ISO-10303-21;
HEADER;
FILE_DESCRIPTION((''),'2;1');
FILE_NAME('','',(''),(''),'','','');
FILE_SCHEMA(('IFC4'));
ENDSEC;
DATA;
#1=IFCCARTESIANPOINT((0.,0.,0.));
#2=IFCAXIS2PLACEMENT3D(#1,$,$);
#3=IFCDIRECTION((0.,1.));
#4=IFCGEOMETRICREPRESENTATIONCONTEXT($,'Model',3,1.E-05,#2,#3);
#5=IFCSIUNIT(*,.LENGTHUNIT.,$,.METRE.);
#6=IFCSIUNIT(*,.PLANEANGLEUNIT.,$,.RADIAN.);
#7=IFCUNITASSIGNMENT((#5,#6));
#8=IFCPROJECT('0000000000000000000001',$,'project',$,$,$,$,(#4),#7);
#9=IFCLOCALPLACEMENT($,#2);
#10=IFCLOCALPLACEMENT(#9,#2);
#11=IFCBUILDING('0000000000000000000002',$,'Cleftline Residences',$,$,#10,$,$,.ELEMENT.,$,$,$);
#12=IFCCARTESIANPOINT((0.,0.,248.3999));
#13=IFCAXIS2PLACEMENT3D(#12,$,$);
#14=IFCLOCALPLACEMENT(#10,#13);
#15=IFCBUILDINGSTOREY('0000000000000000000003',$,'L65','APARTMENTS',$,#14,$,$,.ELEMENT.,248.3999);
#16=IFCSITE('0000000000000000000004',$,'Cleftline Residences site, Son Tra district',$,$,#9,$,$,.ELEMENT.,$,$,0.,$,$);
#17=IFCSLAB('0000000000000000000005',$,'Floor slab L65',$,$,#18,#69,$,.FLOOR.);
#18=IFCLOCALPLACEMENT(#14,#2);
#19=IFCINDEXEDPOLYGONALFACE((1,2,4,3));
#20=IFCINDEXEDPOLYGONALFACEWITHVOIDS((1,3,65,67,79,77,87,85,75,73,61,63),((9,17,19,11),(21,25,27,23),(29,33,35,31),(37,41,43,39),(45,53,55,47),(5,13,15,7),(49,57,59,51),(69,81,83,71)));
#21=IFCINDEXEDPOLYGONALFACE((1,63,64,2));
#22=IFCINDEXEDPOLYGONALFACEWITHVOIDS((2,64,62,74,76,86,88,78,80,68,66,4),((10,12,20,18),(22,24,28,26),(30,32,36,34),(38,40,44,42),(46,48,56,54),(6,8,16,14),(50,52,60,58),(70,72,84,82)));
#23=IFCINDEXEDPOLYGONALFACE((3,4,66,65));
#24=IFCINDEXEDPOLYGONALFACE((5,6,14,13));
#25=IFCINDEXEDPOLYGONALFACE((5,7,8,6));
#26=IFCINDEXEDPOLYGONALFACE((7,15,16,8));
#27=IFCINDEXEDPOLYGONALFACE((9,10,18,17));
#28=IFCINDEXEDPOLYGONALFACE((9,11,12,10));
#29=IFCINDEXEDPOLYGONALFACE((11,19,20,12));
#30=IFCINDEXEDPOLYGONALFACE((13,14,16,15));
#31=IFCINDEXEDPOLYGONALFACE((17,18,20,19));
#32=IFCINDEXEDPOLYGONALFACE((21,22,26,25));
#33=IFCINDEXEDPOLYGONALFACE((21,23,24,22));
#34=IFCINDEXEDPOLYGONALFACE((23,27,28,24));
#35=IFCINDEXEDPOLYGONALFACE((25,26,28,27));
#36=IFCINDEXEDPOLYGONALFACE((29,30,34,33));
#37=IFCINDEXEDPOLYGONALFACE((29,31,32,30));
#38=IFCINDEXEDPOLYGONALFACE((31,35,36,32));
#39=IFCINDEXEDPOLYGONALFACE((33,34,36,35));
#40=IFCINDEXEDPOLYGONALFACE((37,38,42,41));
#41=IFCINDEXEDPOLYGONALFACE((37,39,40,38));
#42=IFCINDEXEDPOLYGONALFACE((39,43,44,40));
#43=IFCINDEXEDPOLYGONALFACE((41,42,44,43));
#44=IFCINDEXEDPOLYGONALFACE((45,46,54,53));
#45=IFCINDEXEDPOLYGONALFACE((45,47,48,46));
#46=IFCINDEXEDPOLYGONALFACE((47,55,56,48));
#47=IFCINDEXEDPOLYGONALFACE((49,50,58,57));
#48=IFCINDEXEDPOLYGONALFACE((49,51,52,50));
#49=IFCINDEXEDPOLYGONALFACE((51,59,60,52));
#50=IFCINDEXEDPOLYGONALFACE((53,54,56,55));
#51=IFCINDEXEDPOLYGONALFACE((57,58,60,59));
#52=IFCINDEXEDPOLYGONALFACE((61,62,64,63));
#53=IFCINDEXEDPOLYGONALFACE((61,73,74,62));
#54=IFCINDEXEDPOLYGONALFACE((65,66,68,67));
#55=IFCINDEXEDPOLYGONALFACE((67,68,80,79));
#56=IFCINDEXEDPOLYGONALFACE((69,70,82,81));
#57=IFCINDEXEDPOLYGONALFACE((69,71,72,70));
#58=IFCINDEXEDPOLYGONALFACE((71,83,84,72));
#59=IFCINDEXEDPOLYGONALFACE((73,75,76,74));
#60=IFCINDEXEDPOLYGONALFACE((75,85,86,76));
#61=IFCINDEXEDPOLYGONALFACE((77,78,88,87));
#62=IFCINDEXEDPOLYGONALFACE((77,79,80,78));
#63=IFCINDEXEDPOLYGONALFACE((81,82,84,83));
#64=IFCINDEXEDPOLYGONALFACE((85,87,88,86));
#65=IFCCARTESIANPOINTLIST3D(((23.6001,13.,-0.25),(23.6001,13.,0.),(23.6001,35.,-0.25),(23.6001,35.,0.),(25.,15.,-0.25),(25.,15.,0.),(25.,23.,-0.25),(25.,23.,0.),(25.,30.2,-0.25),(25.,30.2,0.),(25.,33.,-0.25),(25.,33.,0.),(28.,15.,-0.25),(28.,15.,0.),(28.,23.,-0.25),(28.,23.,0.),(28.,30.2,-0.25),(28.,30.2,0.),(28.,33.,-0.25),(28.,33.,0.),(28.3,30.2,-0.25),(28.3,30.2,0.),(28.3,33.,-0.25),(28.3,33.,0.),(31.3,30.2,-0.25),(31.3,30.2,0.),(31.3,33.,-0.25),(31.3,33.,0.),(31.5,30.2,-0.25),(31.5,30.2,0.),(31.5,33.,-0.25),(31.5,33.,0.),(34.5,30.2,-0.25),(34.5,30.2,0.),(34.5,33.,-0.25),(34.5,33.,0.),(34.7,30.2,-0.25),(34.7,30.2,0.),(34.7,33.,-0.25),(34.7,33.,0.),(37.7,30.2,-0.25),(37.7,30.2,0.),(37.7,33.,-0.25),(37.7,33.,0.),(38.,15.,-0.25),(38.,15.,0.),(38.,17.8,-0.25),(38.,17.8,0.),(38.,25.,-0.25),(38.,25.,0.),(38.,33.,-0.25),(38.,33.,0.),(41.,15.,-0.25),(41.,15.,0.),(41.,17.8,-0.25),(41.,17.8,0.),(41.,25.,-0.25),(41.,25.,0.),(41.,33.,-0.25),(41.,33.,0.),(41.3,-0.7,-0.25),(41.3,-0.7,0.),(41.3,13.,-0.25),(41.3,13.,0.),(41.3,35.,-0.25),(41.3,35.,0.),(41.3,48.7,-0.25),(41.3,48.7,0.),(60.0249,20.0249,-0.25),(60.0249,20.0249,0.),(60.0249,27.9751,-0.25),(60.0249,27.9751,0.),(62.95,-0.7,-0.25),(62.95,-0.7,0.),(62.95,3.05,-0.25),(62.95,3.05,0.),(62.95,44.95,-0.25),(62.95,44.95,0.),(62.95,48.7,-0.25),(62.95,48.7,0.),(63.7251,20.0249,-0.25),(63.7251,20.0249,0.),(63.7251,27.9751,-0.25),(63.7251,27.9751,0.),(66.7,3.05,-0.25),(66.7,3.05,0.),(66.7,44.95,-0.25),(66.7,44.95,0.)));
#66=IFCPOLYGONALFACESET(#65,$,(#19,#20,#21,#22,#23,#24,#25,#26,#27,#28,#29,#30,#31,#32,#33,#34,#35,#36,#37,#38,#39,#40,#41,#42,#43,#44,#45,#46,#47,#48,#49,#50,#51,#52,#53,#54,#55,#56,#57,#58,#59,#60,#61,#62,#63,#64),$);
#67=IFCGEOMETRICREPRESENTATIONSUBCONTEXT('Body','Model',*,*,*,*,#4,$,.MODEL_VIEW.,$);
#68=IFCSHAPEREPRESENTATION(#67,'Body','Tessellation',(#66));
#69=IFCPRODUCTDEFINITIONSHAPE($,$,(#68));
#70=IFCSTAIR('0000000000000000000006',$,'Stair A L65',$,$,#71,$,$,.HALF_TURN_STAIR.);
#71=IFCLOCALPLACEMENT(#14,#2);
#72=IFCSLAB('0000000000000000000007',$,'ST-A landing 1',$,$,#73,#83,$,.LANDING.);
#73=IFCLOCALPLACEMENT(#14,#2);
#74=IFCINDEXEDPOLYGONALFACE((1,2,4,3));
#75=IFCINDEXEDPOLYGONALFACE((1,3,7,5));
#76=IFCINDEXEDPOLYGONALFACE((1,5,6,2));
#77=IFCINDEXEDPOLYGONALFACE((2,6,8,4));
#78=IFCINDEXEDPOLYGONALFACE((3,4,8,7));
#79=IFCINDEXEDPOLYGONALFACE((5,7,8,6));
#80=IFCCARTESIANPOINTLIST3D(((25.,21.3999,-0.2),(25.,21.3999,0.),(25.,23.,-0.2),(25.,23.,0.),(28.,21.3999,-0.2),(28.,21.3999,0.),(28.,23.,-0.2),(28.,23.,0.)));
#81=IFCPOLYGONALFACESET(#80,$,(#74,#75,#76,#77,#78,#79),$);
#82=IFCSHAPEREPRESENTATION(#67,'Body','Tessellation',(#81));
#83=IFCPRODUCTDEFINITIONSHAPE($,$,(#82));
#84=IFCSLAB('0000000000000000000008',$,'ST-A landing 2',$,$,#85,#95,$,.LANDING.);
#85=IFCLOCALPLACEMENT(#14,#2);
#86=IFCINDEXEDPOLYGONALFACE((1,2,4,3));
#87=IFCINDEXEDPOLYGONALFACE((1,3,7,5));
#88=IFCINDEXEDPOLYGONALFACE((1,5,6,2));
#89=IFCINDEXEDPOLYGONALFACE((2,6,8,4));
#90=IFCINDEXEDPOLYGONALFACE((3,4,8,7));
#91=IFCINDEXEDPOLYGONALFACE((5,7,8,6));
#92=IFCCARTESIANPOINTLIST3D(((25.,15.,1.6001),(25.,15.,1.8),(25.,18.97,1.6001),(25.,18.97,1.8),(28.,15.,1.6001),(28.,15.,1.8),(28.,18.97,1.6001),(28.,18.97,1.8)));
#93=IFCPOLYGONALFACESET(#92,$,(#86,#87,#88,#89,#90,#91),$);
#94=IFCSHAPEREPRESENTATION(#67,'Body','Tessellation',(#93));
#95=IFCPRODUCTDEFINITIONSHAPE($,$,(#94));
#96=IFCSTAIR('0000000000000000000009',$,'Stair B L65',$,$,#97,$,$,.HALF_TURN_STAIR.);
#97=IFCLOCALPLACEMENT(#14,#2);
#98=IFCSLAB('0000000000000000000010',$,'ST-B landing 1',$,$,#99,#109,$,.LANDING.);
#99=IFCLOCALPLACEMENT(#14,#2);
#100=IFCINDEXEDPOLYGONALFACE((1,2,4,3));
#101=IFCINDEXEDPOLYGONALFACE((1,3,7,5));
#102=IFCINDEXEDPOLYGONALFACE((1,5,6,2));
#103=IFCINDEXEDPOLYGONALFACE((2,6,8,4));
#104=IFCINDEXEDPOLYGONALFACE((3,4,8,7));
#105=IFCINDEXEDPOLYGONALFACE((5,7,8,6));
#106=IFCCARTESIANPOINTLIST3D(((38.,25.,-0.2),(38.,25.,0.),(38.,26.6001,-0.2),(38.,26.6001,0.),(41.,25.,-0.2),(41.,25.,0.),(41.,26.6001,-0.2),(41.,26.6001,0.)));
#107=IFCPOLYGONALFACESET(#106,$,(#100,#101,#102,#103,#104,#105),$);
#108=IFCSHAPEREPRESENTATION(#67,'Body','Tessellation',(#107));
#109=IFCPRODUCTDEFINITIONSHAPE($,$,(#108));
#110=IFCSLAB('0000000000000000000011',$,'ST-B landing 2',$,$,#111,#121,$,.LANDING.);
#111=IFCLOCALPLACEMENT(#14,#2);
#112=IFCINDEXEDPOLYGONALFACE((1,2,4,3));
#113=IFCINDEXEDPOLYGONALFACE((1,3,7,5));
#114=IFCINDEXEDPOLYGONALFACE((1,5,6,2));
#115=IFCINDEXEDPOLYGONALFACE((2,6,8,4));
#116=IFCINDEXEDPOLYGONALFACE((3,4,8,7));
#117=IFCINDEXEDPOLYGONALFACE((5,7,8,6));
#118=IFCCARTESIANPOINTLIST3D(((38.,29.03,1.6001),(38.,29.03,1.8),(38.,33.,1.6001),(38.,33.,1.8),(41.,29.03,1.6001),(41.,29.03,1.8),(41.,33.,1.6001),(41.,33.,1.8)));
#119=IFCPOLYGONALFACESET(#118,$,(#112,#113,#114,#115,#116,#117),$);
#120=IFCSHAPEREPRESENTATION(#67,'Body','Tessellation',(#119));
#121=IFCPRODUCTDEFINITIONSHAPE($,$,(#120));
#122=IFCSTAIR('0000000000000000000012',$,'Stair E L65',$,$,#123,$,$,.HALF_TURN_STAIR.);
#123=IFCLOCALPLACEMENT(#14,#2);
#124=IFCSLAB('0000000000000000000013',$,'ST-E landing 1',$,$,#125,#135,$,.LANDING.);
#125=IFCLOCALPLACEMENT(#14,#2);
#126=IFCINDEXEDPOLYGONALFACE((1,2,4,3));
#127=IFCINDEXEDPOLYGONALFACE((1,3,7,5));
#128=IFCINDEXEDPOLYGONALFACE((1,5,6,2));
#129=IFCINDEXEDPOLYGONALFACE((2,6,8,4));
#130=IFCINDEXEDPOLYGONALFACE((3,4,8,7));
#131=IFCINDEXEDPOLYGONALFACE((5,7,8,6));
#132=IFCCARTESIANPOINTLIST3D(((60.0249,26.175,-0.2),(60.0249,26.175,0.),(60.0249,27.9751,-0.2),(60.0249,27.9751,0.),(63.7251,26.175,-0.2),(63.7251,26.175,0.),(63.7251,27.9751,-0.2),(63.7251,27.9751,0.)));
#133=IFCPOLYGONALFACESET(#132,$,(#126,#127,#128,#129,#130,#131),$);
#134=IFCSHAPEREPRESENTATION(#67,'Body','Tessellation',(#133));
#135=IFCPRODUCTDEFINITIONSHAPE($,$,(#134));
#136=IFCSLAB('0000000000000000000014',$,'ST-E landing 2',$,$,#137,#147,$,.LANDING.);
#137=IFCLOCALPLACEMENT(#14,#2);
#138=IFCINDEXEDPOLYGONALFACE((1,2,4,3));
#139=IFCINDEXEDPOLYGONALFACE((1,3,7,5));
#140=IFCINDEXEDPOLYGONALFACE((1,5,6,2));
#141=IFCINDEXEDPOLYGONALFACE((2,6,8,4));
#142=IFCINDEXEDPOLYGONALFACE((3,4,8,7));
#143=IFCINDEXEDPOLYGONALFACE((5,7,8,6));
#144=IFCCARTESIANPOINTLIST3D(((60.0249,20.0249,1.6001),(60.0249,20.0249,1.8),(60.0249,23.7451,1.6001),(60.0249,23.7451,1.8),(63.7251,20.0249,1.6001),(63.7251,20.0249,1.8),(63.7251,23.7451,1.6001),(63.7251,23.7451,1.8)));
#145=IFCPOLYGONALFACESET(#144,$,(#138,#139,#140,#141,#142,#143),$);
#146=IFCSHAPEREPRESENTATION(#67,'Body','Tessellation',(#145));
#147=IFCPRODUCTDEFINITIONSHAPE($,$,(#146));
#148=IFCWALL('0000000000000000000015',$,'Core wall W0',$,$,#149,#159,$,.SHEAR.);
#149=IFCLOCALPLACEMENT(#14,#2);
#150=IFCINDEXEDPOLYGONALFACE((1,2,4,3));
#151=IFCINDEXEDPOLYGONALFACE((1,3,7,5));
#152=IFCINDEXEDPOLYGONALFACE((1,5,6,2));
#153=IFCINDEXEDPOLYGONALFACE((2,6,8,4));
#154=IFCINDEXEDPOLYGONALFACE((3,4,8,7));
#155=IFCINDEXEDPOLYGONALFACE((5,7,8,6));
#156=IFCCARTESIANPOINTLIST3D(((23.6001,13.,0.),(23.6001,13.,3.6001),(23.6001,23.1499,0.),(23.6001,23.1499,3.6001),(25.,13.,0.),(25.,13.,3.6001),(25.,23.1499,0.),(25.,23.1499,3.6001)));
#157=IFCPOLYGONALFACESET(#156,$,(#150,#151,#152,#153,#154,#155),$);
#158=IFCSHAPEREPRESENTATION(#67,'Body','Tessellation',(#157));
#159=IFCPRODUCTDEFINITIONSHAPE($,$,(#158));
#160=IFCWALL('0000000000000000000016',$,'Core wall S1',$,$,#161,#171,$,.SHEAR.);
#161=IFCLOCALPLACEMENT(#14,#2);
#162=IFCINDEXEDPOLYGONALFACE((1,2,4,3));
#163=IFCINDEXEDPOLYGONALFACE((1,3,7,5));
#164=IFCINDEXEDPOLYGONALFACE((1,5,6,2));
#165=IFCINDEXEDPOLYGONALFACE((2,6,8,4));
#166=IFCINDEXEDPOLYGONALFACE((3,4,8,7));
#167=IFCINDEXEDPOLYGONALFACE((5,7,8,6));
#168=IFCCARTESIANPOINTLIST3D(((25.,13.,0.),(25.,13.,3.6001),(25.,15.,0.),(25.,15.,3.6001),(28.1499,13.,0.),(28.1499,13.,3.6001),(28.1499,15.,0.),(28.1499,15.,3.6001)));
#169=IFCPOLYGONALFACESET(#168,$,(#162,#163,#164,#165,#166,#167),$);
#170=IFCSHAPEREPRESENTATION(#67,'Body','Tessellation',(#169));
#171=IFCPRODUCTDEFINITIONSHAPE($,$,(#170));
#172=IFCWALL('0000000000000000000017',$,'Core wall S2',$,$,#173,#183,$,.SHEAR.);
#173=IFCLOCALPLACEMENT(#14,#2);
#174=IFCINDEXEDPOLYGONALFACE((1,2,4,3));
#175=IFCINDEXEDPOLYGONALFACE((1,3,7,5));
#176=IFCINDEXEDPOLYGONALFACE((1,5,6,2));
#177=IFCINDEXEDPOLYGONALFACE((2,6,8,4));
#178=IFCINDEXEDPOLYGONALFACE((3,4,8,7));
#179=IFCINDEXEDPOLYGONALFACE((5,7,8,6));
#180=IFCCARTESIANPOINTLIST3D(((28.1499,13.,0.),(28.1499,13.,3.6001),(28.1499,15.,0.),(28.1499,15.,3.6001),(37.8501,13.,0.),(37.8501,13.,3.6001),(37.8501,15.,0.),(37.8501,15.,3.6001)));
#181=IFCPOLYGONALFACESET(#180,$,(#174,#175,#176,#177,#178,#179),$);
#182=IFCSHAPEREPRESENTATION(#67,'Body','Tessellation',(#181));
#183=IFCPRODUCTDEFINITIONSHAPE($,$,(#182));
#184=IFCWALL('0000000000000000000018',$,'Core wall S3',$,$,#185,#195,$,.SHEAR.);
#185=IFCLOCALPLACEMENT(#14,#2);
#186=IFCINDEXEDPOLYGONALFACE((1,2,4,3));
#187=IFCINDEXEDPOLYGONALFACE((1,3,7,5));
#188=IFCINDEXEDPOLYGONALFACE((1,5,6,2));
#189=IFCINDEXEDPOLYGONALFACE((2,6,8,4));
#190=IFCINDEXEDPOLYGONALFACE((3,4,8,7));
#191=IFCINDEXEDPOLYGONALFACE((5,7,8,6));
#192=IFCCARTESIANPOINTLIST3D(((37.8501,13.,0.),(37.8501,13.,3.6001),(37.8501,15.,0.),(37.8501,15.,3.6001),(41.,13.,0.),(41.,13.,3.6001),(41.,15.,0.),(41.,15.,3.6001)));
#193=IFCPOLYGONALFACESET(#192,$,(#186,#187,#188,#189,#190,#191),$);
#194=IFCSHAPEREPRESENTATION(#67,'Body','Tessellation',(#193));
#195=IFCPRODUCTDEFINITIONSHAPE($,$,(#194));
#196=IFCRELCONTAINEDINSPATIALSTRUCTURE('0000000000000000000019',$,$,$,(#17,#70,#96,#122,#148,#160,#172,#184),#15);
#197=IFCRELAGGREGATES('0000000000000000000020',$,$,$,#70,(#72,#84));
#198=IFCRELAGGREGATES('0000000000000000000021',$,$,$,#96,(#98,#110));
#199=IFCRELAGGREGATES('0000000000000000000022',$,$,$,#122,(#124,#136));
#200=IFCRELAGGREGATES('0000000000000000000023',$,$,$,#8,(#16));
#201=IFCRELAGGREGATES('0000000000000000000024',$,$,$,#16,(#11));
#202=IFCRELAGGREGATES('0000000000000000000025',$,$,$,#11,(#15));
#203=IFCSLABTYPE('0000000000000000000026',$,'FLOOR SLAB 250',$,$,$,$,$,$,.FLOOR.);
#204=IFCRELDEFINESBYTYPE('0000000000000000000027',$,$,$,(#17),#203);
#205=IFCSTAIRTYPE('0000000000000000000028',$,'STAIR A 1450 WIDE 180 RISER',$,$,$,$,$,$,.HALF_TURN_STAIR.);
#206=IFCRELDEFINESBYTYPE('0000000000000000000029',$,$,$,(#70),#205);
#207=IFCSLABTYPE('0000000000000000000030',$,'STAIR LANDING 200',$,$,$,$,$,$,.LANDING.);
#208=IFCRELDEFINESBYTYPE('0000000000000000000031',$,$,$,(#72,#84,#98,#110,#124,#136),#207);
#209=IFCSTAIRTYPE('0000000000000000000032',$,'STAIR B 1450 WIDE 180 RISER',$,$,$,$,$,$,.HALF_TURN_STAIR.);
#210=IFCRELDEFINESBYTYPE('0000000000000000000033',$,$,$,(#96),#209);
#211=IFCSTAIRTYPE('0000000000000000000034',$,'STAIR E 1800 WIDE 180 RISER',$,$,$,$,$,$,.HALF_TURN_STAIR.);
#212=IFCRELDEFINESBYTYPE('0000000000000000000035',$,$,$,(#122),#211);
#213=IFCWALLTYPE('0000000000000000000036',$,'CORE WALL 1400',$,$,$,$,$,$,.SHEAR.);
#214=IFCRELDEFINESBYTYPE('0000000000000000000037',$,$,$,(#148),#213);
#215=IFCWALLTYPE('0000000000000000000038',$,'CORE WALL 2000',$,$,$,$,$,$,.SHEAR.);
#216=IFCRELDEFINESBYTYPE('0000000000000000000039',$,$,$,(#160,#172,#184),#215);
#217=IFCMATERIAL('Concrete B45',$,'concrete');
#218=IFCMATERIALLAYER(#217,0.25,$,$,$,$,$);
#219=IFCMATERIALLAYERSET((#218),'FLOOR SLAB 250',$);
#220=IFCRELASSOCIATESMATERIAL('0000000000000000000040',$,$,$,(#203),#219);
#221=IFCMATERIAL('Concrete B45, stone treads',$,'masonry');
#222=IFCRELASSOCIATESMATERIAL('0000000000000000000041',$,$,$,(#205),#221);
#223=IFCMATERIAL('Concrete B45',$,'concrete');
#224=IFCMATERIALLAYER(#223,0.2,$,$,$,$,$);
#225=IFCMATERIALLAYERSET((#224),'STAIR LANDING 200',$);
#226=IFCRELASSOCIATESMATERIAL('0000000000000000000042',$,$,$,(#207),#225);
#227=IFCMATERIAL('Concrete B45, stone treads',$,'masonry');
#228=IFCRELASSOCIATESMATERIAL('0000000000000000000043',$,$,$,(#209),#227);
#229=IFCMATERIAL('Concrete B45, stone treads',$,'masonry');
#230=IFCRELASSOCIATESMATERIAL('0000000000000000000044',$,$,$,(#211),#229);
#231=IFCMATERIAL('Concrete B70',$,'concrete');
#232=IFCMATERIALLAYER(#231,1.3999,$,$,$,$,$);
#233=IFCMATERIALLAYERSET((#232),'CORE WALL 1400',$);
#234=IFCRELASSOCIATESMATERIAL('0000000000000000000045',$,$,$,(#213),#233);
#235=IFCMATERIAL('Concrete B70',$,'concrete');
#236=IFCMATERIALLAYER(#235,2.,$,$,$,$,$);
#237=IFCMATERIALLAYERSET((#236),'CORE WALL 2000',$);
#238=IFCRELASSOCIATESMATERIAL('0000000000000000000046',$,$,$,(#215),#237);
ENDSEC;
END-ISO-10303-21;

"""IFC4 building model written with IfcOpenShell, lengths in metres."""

from ifc_helpers import new_model, si_unit, direction, frame, frame_2d, origin, place, context, subcontext, project, spatial, polyline, rectangle, outline, extrude, material, layer, layer_set, type_object, element, aggregate, save


model = new_model("IFC4")

# Units and contexts
model_context = context("Model", 3, precision=1e-05, world=origin(), true_north=direction((0.0, 1.0)))
body_context = subcontext(model_context, "Body", "Model", "MODEL_VIEW")
ifc_project = project(units=[si_unit("LENGTHUNIT", "METRE"), si_unit("PLANEANGLEUNIT", "RADIAN")], contexts=[model_context])

# Site, building, storey
site_placement = place(None, origin())
site = spatial("IfcSite", under=ifc_project, at=site_placement, Name="Cleftline Residences site, Son Tra district", CompositionType="ELEMENT", RefElevation=0.0)
building_placement = place(site_placement, origin())
building = spatial("IfcBuilding", under=site, at=building_placement, Name="Cleftline Residences", CompositionType="ELEMENT")
storey_placement = place(building_placement, frame((0.0, 0.0, 248.3999)))
storey = spatial("IfcBuildingStorey", under=building, at=storey_placement, Name="L65", Description="APARTMENTS", CompositionType="ELEMENT", Elevation=248.3999)

# Slab
ifc_material_1 = material(Name="Concrete B45", Category="concrete")
ifc_layer_1 = layer(ifc_material_1, 0.25)
ifc_layer_set_1 = layer_set([ifc_layer_1], Name="FLOOR SLAB 250")
slab_type_1 = type_object("IfcSlabType", Name="FLOOR SLAB 250", PredefinedType="FLOOR", material=ifc_layer_set_1)
slab_1_placement = place(storey_placement, frame((0.0, 0.0, -0.25)))
element("IfcSlab", 1, at=slab_1_placement, inside=storey, type_object=slab_type_1, Name="Floor slab L65", PredefinedType="FLOOR", context=body_context, shape_type="SweptSolid", body=[
    extrude(outline(polyline([(41.3, 13.0), (41.3, -0.7), (62.95, -0.7), (62.95, 3.05), (66.7, 3.05), (66.7, 44.95), (62.95, 44.95), (62.95, 48.7), (41.3, 48.7), (41.3, 35.0), (23.6001, 35.0), (23.6001, 13.0), (41.3, 13.0)]), holes=[polyline([(28.0, 15.0), (28.0, 23.0), (25.0, 23.0), (25.0, 15.0), (28.0, 15.0)]), polyline([(41.0, 25.0), (41.0, 33.0), (38.0, 33.0), (38.0, 25.0), (41.0, 25.0)]), polyline([(28.0, 30.2), (28.0, 33.0), (25.0, 33.0), (25.0, 30.2), (28.0, 30.2)]), polyline([(41.0, 15.0), (41.0, 17.8), (38.0, 17.8), (38.0, 15.0), (41.0, 15.0)]), polyline([(31.3, 30.2), (31.3, 33.0), (28.3, 33.0), (28.3, 30.2), (31.3, 30.2)]), polyline([(34.5, 30.2), (34.5, 33.0), (31.5, 33.0), (31.5, 30.2), (34.5, 30.2)]), polyline([(37.7, 30.2), (37.7, 33.0), (34.7, 33.0), (34.7, 30.2), (37.7, 30.2)]), polyline([(63.7251, 20.0249), (63.7251, 27.9751), (60.0249, 27.9751), (60.0249, 20.0249), (63.7251, 20.0249)])]), origin(), (0.0, 0.0, 1.0), 0.25),
])

# Stairs, slabs
ifc_material_2 = material(Name="Concrete B45, stone treads", Category="masonry")
stair_type_1 = type_object("IfcStairType", Name="STAIR A 1450 WIDE 180 RISER", PredefinedType="HALF_TURN_STAIR", material=ifc_material_2)
stair_1_placement = place(storey_placement, origin())
stair_1 = element("IfcStair", 2, at=stair_1_placement, inside=storey, type_object=stair_type_1, Name="Stair A L65", PredefinedType="HALF_TURN_STAIR")
ifc_material_3 = material(Name="Concrete B45", Category="concrete")
ifc_layer_2 = layer(ifc_material_3, 0.2)
ifc_layer_set_2 = layer_set([ifc_layer_2], Name="STAIR LANDING 200")
slab_type_2 = type_object("IfcSlabType", Name="STAIR LANDING 200", PredefinedType="LANDING", material=ifc_layer_set_2)
slab_2_placement = place(storey_placement, frame((0.0, 0.0, -0.2)))
slab_2 = element("IfcSlab", 3, at=slab_2_placement, type_object=slab_type_2, Name="ST-A landing 1", PredefinedType="LANDING", context=body_context, shape_type="SweptSolid", body=[
    extrude(outline(polyline([(25.0, 21.3999), (28.0, 21.3999), (28.0, 23.0), (25.0, 23.0), (25.0, 21.3999)])), origin(), (0.0, 0.0, 1.0), 0.2),
])
slab_3_placement = place(storey_placement, frame((0.0, 0.0, 1.6001)))
slab_3 = element("IfcSlab", 4, at=slab_3_placement, type_object=slab_type_2, Name="ST-A landing 2", PredefinedType="LANDING", context=body_context, shape_type="SweptSolid", body=[
    extrude(outline(polyline([(25.0, 15.0), (28.0, 15.0), (28.0, 18.97), (25.0, 18.97), (25.0, 15.0)])), origin(), (0.0, 0.0, 1.0), 0.2),
])
aggregate(stair_1, [slab_2, slab_3])
ifc_material_4 = material(Name="Concrete B45, stone treads", Category="masonry")
stair_type_2 = type_object("IfcStairType", Name="STAIR B 1450 WIDE 180 RISER", PredefinedType="HALF_TURN_STAIR", material=ifc_material_4)
stair_2_placement = place(storey_placement, origin())
stair_2 = element("IfcStair", 5, at=stair_2_placement, inside=storey, type_object=stair_type_2, Name="Stair B L65", PredefinedType="HALF_TURN_STAIR")
slab_4_placement = place(storey_placement, frame((0.0, 0.0, -0.2)))
slab_4 = element("IfcSlab", 6, at=slab_4_placement, type_object=slab_type_2, Name="ST-B landing 1", PredefinedType="LANDING", context=body_context, shape_type="SweptSolid", body=[
    extrude(outline(polyline([(38.0, 25.0), (41.0, 25.0), (41.0, 26.6001), (38.0, 26.6001), (38.0, 25.0)])), origin(), (0.0, 0.0, 1.0), 0.2),
])
slab_5_placement = place(storey_placement, frame((0.0, 0.0, 1.6001)))
slab_5 = element("IfcSlab", 7, at=slab_5_placement, type_object=slab_type_2, Name="ST-B landing 2", PredefinedType="LANDING", context=body_context, shape_type="SweptSolid", body=[
    extrude(outline(polyline([(38.0, 29.03), (41.0, 29.03), (41.0, 33.0), (38.0, 33.0), (38.0, 29.03)])), origin(), (0.0, 0.0, 1.0), 0.2),
])
aggregate(stair_2, [slab_4, slab_5])
ifc_material_5 = material(Name="Concrete B45, stone treads", Category="masonry")
stair_type_3 = type_object("IfcStairType", Name="STAIR E 1800 WIDE 180 RISER", PredefinedType="HALF_TURN_STAIR", material=ifc_material_5)
stair_3_placement = place(storey_placement, origin())
stair_3 = element("IfcStair", 8, at=stair_3_placement, inside=storey, type_object=stair_type_3, Name="Stair E L65", PredefinedType="HALF_TURN_STAIR")
slab_6_placement = place(storey_placement, frame((0.0, 0.0, -0.2)))
slab_6 = element("IfcSlab", 9, at=slab_6_placement, type_object=slab_type_2, Name="ST-E landing 1", PredefinedType="LANDING", context=body_context, shape_type="SweptSolid", body=[
    extrude(outline(polyline([(60.0249, 26.175), (63.7251, 26.175), (63.7251, 27.9751), (60.0249, 27.9751), (60.0249, 26.175)])), origin(), (0.0, 0.0, 1.0), 0.2),
])
slab_7_placement = place(storey_placement, frame((0.0, 0.0, 1.6001)))
slab_7 = element("IfcSlab", 10, at=slab_7_placement, type_object=slab_type_2, Name="ST-E landing 2", PredefinedType="LANDING", context=body_context, shape_type="SweptSolid", body=[
    extrude(outline(polyline([(60.0249, 20.0249), (63.7251, 20.0249), (63.7251, 23.7451), (60.0249, 23.7451), (60.0249, 20.0249)])), origin(), (0.0, 0.0, 1.0), 0.2),
])
aggregate(stair_3, [slab_6, slab_7])

# Walls
ifc_material_6 = material(Name="Concrete B70", Category="concrete")
ifc_layer_3 = layer(ifc_material_6, 1.3999)
ifc_layer_set_3 = layer_set([ifc_layer_3], Name="CORE WALL 1400")
wall_type_1 = type_object("IfcWallType", Name="CORE WALL 1400", PredefinedType="SHEAR", material=ifc_layer_set_3)
wall_1_placement = place(storey_placement, frame((24.3, 13.0, 0.0), z_axis=(0.0, 0.0, 1.0), x_axis=(0.0, 1.0, 0.0)))
element("IfcWall", 11, at=wall_1_placement, inside=storey, type_object=wall_type_1, Name="Core wall W0", PredefinedType="SHEAR", context=body_context, shape_type="SweptSolid", body=[
    extrude(rectangle(XDim=10.1499, YDim=1.3999, at=frame_2d((5.075, 0.0))), origin(), (0.0, 0.0, 1.0), 3.6001),
])
ifc_material_7 = material(Name="Concrete B70", Category="concrete")
ifc_layer_4 = layer(ifc_material_7, 2.0)
ifc_layer_set_4 = layer_set([ifc_layer_4], Name="CORE WALL 2000")
wall_type_2 = type_object("IfcWallType", Name="CORE WALL 2000", PredefinedType="SHEAR", material=ifc_layer_set_4)
wall_2_placement = place(storey_placement, frame((25.0, 14.0, 0.0), z_axis=(0.0, 0.0, 1.0), x_axis=(1.0, 0.0, 0.0)))
element("IfcWall", 12, at=wall_2_placement, inside=storey, type_object=wall_type_2, Name="Core wall S1", PredefinedType="SHEAR", context=body_context, shape_type="SweptSolid", body=[
    extrude(rectangle(XDim=3.1499, YDim=2.0, at=frame_2d((1.575, 0.0))), origin(), (0.0, 0.0, 1.0), 3.6001),
])
wall_3_placement = place(storey_placement, frame((28.1499, 14.0, 0.0), z_axis=(0.0, 0.0, 1.0), x_axis=(1.0, 0.0, 0.0)))
element("IfcWall", 13, at=wall_3_placement, inside=storey, type_object=wall_type_2, Name="Core wall S2", PredefinedType="SHEAR", context=body_context, shape_type="SweptSolid", body=[
    extrude(rectangle(XDim=9.7002, YDim=2.0, at=frame_2d((4.8501, 0.0))), origin(), (0.0, 0.0, 1.0), 3.6001),
])
wall_4_placement = place(storey_placement, frame((37.8501, 14.0, 0.0), z_axis=(0.0, 0.0, 1.0), x_axis=(1.0, 0.0, 0.0)))
element("IfcWall", 14, at=wall_4_placement, inside=storey, type_object=wall_type_2, Name="Core wall S3", PredefinedType="SHEAR", context=body_context, shape_type="SweptSolid", body=[
    extrude(rectangle(XDim=3.1499, YDim=2.0, at=frame_2d((1.575, 0.0))), origin(), (0.0, 0.0, 1.0), 3.6001),
])

save(model, "model.ifc")
